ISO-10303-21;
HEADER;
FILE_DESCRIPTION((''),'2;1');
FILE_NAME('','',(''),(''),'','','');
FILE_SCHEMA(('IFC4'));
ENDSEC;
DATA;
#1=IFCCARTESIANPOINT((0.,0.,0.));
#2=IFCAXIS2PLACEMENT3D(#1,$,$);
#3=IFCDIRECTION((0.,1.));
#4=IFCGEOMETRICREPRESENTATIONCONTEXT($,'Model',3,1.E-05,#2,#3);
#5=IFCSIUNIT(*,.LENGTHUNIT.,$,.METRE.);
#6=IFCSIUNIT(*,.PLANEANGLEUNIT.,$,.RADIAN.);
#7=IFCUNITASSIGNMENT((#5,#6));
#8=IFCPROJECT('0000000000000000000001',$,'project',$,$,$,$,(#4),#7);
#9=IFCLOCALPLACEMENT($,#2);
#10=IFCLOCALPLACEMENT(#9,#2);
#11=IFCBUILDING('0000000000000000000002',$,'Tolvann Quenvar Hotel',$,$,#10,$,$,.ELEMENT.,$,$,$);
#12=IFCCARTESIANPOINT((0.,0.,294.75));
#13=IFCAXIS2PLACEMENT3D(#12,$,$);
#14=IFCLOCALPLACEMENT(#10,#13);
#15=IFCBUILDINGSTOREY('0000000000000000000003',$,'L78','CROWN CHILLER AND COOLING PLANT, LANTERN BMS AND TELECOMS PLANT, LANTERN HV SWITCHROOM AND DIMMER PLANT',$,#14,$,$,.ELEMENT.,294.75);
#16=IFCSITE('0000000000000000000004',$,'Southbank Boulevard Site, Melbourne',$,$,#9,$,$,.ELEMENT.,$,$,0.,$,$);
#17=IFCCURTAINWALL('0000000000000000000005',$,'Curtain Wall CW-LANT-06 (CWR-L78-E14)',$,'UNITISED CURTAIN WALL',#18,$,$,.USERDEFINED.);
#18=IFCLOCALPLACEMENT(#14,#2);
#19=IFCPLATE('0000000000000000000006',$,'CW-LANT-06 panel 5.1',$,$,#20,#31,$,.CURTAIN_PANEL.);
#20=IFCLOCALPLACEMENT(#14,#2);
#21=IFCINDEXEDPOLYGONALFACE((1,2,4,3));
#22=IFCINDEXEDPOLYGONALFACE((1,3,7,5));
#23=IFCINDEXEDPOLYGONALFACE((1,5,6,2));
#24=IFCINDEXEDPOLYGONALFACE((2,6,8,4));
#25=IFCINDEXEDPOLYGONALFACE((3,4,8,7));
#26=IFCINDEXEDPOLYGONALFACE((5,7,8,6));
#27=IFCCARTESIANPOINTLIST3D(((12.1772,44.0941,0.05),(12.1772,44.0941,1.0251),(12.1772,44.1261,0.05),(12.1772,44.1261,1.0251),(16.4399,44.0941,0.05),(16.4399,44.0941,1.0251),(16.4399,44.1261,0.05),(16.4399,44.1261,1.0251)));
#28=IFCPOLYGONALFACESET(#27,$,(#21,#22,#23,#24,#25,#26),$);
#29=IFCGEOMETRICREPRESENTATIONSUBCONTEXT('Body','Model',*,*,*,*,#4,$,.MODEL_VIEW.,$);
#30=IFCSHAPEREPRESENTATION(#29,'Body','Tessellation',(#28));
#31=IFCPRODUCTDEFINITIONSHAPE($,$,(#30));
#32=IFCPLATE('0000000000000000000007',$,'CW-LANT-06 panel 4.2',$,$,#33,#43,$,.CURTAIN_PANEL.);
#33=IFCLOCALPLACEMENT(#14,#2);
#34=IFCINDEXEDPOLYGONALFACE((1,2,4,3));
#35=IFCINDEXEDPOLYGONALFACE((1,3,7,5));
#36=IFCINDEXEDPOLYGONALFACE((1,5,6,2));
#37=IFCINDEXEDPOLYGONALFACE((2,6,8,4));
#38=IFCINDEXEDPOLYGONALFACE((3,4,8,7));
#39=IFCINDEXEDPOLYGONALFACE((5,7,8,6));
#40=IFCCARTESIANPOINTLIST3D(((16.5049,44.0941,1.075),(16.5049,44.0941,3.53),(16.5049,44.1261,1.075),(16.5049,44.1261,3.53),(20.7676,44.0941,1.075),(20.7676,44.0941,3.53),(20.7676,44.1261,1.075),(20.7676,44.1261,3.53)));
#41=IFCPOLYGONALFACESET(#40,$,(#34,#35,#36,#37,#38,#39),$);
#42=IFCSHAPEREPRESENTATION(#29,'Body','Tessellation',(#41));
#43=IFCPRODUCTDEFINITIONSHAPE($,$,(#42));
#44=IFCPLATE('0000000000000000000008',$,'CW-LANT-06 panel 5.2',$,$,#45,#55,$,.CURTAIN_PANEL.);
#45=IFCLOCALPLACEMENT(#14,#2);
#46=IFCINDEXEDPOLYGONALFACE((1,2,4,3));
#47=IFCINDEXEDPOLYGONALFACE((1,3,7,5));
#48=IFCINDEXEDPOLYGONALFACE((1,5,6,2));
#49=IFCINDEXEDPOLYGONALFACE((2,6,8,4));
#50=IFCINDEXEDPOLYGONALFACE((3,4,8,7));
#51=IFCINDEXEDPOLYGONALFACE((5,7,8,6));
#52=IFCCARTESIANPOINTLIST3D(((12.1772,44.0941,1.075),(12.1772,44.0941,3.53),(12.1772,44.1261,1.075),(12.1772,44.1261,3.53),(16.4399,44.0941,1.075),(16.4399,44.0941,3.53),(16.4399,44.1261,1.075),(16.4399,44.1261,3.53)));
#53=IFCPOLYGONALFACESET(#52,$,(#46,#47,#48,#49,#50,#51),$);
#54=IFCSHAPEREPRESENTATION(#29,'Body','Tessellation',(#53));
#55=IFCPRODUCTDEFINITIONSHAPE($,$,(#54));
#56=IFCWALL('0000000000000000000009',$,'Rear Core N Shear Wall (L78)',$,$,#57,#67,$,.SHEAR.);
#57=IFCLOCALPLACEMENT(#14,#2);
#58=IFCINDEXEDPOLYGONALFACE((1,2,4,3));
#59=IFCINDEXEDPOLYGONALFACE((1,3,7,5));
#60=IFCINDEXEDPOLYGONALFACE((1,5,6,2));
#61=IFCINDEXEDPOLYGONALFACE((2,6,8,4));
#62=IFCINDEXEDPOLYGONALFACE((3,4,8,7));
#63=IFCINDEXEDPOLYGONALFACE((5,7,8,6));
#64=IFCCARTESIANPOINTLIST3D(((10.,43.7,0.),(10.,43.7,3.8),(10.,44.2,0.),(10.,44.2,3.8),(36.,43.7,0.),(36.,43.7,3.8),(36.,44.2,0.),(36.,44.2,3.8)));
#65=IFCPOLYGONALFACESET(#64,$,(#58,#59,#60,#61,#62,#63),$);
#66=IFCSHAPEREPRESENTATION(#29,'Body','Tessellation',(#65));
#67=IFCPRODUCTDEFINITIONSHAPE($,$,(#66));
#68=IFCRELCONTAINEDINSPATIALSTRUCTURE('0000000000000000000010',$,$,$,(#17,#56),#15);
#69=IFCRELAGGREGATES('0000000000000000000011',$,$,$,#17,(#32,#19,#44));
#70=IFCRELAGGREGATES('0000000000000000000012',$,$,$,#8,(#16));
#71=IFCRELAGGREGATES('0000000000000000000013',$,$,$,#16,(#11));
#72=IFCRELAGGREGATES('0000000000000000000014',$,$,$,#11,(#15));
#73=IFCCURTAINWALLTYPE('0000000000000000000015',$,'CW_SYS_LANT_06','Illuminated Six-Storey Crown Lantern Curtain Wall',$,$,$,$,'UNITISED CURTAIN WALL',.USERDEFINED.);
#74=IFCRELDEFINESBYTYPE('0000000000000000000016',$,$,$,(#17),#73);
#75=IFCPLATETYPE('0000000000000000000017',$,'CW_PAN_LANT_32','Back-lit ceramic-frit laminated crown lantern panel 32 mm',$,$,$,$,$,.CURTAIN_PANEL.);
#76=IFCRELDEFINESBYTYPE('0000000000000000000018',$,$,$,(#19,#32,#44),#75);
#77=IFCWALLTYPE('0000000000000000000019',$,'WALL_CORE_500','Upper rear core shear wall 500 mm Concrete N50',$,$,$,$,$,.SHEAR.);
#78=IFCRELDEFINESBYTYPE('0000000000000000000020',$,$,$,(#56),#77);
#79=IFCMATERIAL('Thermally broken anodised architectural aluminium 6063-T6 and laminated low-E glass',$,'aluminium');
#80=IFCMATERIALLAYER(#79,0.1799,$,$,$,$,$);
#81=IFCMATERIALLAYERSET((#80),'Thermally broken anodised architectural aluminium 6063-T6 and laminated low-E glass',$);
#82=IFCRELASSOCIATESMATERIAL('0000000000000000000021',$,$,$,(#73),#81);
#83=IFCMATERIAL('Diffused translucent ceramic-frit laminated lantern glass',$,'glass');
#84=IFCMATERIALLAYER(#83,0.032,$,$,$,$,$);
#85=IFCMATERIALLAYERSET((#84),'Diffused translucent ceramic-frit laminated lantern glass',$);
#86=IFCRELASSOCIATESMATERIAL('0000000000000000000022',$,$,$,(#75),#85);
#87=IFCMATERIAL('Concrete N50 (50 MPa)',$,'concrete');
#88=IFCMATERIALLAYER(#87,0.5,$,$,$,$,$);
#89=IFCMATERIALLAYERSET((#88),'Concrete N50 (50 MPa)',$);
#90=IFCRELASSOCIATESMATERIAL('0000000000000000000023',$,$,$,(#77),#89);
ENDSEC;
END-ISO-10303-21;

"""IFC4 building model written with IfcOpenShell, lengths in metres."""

from ifc_helpers import new_model, si_unit, direction, frame, frame_2d, origin, origin_2d, place, context, subcontext, project, spatial, rectangle, extrude, source, transform, mapped, material, layer, layer_set, type_object, element, aggregate, save


model = new_model("IFC4")

# Units and contexts
model_context = context("Model", 3, precision=1e-05, world=origin(), true_north=direction((0.0, 1.0)))
body_context = subcontext(model_context, "Body", "Model", "MODEL_VIEW")
ifc_project = project(units=[si_unit("LENGTHUNIT", "METRE"), si_unit("PLANEANGLEUNIT", "RADIAN")], contexts=[model_context])

# Site, building, storey
site_placement = place(None, origin())
site = spatial("IfcSite", under=ifc_project, at=site_placement, Name="Southbank Boulevard Site, Melbourne", CompositionType="ELEMENT", RefElevation=0.0)
building_placement = place(site_placement, origin())
building = spatial("IfcBuilding", under=site, at=building_placement, Name="Tolvann Quenvar Hotel", CompositionType="ELEMENT")
storey_placement = place(building_placement, frame((0.0, 0.0, 294.75)))
storey = spatial("IfcBuildingStorey", under=building, at=storey_placement, Name="L78", Description="CROWN CHILLER AND COOLING PLANT, LANTERN BMS AND TELECOMS PLANT, LANTERN HV SWITCHROOM AND DIMMER PLANT", CompositionType="ELEMENT", Elevation=294.75)

# Curtain wall
ifc_material_1 = material(Name="Thermally broken anodised architectural aluminium 6063-T6 and laminated low-E glass", Category="aluminium")
ifc_layer_1 = layer(ifc_material_1, 0.1799)
ifc_layer_set_1 = layer_set([ifc_layer_1], Name="Thermally broken anodised architectural aluminium 6063-T6 and laminated low-E glass")
curtain_wall_type = type_object("IfcCurtainWallType", Name="CW_SYS_LANT_06", Description="Illuminated Six-Storey Crown Lantern Curtain Wall", ElementType="UNITISED CURTAIN WALL", PredefinedType="USERDEFINED", material=ifc_layer_set_1)
curtain_wall_1_placement = place(storey_placement, origin())
curtain_wall_1 = element("IfcCurtainWall", 1, at=curtain_wall_1_placement, inside=storey, type_object=curtain_wall_type, Name="Curtain Wall CW-LANT-06 (CWR-L78-E14)", ObjectType="UNITISED CURTAIN WALL", PredefinedType="USERDEFINED")

# Plates
ifc_material_2 = material(Name="Diffused translucent ceramic-frit laminated lantern glass", Category="glass")
ifc_layer_2 = layer(ifc_material_2, 0.032)
ifc_layer_set_2 = layer_set([ifc_layer_2], Name="Diffused translucent ceramic-frit laminated lantern glass")
plate_type_1 = type_object("IfcPlateType", Name="CW_PAN_LANT_32", Description="Back-lit ceramic-frit laminated crown lantern panel 32 mm", PredefinedType="CURTAIN_PANEL", material=ifc_layer_set_2)
shared_shape_1 = source(origin(), body_context, "Body", "SweptSolid", [
    extrude(rectangle(XDim=4.2627, YDim=0.032, at=origin_2d()), origin(), (0.0, 0.0, 1.0), 0.9751),
])
plate_1_placement = place(storey_placement, frame((14.3086, 44.1101, 0.05), z_axis=(0.0, 0.0, 1.0), x_axis=(-1.0, 0.0, 0.0)))
plate_1 = element("IfcPlate", 2, at=plate_1_placement, type_object=plate_type_1, Name="CW-LANT-06 panel 5.1", PredefinedType="CURTAIN_PANEL", context=body_context, shape_type="MappedRepresentation", body=[
    mapped(shared_shape_1, transform((0.0, 0.0, 0.0), x_axis=(1.0, 0.0, 0.0), y_axis=(0.0, 1.0, 0.0), z_axis=(0.0, 0.0, 1.0), scale=1.0)),
])
shared_shape_2 = source(origin(), body_context, "Body", "SweptSolid", [
    extrude(rectangle(XDim=4.2627, YDim=0.032, at=origin_2d()), origin(), (0.0, 0.0, 1.0), 2.4551),
])
plate_2_placement = place(storey_placement, frame((18.6362, 44.1101, 1.075), z_axis=(0.0, 0.0, 1.0), x_axis=(-1.0, 0.0, 0.0)))
plate_2 = element("IfcPlate", 3, at=plate_2_placement, type_object=plate_type_1, Name="CW-LANT-06 panel 4.2", PredefinedType="CURTAIN_PANEL", context=body_context, shape_type="MappedRepresentation", body=[
    mapped(shared_shape_2, transform((0.0, 0.0, 0.0), x_axis=(1.0, 0.0, 0.0), y_axis=(0.0, 1.0, 0.0), z_axis=(0.0, 0.0, 1.0), scale=1.0)),
])
plate_3_placement = place(storey_placement, frame((14.3086, 44.1101, 1.075), z_axis=(0.0, 0.0, 1.0), x_axis=(-1.0, 0.0, 0.0)))
plate_3 = element("IfcPlate", 4, at=plate_3_placement, type_object=plate_type_1, Name="CW-LANT-06 panel 5.2", PredefinedType="CURTAIN_PANEL", context=body_context, shape_type="MappedRepresentation", body=[
    mapped(shared_shape_2, transform((0.0, 0.0, 0.0), x_axis=(1.0, 0.0, 0.0), y_axis=(0.0, 1.0, 0.0), z_axis=(0.0, 0.0, 1.0), scale=1.0)),
])
aggregate(curtain_wall_1, [plate_2, plate_1, plate_3])

# Wall
ifc_material_3 = material(Name="Concrete N50 (50 MPa)", Category="concrete")
ifc_layer_3 = layer(ifc_material_3, 0.5)
ifc_layer_set_3 = layer_set([ifc_layer_3], Name="Concrete N50 (50 MPa)")
wall_type = type_object("IfcWallType", Name="WALL_CORE_500", Description="Upper rear core shear wall 500 mm Concrete N50", PredefinedType="SHEAR", material=ifc_layer_set_3)
wall_placement = place(storey_placement, frame((10.0, 43.95, 0.0), z_axis=(0.0, 0.0, 1.0), x_axis=(1.0, 0.0, 0.0)))
element("IfcWall", 5, at=wall_placement, inside=storey, type_object=wall_type, Name="Rear Core N Shear Wall (L78)", PredefinedType="SHEAR", context=body_context, shape_type="SweptSolid", body=[
    extrude(rectangle(XDim=26.0, YDim=0.5, at=frame_2d((13.0, 0.0))), origin(), (0.0, 0.0, 1.0), 3.8),
])

save(model, "model.ifc")
